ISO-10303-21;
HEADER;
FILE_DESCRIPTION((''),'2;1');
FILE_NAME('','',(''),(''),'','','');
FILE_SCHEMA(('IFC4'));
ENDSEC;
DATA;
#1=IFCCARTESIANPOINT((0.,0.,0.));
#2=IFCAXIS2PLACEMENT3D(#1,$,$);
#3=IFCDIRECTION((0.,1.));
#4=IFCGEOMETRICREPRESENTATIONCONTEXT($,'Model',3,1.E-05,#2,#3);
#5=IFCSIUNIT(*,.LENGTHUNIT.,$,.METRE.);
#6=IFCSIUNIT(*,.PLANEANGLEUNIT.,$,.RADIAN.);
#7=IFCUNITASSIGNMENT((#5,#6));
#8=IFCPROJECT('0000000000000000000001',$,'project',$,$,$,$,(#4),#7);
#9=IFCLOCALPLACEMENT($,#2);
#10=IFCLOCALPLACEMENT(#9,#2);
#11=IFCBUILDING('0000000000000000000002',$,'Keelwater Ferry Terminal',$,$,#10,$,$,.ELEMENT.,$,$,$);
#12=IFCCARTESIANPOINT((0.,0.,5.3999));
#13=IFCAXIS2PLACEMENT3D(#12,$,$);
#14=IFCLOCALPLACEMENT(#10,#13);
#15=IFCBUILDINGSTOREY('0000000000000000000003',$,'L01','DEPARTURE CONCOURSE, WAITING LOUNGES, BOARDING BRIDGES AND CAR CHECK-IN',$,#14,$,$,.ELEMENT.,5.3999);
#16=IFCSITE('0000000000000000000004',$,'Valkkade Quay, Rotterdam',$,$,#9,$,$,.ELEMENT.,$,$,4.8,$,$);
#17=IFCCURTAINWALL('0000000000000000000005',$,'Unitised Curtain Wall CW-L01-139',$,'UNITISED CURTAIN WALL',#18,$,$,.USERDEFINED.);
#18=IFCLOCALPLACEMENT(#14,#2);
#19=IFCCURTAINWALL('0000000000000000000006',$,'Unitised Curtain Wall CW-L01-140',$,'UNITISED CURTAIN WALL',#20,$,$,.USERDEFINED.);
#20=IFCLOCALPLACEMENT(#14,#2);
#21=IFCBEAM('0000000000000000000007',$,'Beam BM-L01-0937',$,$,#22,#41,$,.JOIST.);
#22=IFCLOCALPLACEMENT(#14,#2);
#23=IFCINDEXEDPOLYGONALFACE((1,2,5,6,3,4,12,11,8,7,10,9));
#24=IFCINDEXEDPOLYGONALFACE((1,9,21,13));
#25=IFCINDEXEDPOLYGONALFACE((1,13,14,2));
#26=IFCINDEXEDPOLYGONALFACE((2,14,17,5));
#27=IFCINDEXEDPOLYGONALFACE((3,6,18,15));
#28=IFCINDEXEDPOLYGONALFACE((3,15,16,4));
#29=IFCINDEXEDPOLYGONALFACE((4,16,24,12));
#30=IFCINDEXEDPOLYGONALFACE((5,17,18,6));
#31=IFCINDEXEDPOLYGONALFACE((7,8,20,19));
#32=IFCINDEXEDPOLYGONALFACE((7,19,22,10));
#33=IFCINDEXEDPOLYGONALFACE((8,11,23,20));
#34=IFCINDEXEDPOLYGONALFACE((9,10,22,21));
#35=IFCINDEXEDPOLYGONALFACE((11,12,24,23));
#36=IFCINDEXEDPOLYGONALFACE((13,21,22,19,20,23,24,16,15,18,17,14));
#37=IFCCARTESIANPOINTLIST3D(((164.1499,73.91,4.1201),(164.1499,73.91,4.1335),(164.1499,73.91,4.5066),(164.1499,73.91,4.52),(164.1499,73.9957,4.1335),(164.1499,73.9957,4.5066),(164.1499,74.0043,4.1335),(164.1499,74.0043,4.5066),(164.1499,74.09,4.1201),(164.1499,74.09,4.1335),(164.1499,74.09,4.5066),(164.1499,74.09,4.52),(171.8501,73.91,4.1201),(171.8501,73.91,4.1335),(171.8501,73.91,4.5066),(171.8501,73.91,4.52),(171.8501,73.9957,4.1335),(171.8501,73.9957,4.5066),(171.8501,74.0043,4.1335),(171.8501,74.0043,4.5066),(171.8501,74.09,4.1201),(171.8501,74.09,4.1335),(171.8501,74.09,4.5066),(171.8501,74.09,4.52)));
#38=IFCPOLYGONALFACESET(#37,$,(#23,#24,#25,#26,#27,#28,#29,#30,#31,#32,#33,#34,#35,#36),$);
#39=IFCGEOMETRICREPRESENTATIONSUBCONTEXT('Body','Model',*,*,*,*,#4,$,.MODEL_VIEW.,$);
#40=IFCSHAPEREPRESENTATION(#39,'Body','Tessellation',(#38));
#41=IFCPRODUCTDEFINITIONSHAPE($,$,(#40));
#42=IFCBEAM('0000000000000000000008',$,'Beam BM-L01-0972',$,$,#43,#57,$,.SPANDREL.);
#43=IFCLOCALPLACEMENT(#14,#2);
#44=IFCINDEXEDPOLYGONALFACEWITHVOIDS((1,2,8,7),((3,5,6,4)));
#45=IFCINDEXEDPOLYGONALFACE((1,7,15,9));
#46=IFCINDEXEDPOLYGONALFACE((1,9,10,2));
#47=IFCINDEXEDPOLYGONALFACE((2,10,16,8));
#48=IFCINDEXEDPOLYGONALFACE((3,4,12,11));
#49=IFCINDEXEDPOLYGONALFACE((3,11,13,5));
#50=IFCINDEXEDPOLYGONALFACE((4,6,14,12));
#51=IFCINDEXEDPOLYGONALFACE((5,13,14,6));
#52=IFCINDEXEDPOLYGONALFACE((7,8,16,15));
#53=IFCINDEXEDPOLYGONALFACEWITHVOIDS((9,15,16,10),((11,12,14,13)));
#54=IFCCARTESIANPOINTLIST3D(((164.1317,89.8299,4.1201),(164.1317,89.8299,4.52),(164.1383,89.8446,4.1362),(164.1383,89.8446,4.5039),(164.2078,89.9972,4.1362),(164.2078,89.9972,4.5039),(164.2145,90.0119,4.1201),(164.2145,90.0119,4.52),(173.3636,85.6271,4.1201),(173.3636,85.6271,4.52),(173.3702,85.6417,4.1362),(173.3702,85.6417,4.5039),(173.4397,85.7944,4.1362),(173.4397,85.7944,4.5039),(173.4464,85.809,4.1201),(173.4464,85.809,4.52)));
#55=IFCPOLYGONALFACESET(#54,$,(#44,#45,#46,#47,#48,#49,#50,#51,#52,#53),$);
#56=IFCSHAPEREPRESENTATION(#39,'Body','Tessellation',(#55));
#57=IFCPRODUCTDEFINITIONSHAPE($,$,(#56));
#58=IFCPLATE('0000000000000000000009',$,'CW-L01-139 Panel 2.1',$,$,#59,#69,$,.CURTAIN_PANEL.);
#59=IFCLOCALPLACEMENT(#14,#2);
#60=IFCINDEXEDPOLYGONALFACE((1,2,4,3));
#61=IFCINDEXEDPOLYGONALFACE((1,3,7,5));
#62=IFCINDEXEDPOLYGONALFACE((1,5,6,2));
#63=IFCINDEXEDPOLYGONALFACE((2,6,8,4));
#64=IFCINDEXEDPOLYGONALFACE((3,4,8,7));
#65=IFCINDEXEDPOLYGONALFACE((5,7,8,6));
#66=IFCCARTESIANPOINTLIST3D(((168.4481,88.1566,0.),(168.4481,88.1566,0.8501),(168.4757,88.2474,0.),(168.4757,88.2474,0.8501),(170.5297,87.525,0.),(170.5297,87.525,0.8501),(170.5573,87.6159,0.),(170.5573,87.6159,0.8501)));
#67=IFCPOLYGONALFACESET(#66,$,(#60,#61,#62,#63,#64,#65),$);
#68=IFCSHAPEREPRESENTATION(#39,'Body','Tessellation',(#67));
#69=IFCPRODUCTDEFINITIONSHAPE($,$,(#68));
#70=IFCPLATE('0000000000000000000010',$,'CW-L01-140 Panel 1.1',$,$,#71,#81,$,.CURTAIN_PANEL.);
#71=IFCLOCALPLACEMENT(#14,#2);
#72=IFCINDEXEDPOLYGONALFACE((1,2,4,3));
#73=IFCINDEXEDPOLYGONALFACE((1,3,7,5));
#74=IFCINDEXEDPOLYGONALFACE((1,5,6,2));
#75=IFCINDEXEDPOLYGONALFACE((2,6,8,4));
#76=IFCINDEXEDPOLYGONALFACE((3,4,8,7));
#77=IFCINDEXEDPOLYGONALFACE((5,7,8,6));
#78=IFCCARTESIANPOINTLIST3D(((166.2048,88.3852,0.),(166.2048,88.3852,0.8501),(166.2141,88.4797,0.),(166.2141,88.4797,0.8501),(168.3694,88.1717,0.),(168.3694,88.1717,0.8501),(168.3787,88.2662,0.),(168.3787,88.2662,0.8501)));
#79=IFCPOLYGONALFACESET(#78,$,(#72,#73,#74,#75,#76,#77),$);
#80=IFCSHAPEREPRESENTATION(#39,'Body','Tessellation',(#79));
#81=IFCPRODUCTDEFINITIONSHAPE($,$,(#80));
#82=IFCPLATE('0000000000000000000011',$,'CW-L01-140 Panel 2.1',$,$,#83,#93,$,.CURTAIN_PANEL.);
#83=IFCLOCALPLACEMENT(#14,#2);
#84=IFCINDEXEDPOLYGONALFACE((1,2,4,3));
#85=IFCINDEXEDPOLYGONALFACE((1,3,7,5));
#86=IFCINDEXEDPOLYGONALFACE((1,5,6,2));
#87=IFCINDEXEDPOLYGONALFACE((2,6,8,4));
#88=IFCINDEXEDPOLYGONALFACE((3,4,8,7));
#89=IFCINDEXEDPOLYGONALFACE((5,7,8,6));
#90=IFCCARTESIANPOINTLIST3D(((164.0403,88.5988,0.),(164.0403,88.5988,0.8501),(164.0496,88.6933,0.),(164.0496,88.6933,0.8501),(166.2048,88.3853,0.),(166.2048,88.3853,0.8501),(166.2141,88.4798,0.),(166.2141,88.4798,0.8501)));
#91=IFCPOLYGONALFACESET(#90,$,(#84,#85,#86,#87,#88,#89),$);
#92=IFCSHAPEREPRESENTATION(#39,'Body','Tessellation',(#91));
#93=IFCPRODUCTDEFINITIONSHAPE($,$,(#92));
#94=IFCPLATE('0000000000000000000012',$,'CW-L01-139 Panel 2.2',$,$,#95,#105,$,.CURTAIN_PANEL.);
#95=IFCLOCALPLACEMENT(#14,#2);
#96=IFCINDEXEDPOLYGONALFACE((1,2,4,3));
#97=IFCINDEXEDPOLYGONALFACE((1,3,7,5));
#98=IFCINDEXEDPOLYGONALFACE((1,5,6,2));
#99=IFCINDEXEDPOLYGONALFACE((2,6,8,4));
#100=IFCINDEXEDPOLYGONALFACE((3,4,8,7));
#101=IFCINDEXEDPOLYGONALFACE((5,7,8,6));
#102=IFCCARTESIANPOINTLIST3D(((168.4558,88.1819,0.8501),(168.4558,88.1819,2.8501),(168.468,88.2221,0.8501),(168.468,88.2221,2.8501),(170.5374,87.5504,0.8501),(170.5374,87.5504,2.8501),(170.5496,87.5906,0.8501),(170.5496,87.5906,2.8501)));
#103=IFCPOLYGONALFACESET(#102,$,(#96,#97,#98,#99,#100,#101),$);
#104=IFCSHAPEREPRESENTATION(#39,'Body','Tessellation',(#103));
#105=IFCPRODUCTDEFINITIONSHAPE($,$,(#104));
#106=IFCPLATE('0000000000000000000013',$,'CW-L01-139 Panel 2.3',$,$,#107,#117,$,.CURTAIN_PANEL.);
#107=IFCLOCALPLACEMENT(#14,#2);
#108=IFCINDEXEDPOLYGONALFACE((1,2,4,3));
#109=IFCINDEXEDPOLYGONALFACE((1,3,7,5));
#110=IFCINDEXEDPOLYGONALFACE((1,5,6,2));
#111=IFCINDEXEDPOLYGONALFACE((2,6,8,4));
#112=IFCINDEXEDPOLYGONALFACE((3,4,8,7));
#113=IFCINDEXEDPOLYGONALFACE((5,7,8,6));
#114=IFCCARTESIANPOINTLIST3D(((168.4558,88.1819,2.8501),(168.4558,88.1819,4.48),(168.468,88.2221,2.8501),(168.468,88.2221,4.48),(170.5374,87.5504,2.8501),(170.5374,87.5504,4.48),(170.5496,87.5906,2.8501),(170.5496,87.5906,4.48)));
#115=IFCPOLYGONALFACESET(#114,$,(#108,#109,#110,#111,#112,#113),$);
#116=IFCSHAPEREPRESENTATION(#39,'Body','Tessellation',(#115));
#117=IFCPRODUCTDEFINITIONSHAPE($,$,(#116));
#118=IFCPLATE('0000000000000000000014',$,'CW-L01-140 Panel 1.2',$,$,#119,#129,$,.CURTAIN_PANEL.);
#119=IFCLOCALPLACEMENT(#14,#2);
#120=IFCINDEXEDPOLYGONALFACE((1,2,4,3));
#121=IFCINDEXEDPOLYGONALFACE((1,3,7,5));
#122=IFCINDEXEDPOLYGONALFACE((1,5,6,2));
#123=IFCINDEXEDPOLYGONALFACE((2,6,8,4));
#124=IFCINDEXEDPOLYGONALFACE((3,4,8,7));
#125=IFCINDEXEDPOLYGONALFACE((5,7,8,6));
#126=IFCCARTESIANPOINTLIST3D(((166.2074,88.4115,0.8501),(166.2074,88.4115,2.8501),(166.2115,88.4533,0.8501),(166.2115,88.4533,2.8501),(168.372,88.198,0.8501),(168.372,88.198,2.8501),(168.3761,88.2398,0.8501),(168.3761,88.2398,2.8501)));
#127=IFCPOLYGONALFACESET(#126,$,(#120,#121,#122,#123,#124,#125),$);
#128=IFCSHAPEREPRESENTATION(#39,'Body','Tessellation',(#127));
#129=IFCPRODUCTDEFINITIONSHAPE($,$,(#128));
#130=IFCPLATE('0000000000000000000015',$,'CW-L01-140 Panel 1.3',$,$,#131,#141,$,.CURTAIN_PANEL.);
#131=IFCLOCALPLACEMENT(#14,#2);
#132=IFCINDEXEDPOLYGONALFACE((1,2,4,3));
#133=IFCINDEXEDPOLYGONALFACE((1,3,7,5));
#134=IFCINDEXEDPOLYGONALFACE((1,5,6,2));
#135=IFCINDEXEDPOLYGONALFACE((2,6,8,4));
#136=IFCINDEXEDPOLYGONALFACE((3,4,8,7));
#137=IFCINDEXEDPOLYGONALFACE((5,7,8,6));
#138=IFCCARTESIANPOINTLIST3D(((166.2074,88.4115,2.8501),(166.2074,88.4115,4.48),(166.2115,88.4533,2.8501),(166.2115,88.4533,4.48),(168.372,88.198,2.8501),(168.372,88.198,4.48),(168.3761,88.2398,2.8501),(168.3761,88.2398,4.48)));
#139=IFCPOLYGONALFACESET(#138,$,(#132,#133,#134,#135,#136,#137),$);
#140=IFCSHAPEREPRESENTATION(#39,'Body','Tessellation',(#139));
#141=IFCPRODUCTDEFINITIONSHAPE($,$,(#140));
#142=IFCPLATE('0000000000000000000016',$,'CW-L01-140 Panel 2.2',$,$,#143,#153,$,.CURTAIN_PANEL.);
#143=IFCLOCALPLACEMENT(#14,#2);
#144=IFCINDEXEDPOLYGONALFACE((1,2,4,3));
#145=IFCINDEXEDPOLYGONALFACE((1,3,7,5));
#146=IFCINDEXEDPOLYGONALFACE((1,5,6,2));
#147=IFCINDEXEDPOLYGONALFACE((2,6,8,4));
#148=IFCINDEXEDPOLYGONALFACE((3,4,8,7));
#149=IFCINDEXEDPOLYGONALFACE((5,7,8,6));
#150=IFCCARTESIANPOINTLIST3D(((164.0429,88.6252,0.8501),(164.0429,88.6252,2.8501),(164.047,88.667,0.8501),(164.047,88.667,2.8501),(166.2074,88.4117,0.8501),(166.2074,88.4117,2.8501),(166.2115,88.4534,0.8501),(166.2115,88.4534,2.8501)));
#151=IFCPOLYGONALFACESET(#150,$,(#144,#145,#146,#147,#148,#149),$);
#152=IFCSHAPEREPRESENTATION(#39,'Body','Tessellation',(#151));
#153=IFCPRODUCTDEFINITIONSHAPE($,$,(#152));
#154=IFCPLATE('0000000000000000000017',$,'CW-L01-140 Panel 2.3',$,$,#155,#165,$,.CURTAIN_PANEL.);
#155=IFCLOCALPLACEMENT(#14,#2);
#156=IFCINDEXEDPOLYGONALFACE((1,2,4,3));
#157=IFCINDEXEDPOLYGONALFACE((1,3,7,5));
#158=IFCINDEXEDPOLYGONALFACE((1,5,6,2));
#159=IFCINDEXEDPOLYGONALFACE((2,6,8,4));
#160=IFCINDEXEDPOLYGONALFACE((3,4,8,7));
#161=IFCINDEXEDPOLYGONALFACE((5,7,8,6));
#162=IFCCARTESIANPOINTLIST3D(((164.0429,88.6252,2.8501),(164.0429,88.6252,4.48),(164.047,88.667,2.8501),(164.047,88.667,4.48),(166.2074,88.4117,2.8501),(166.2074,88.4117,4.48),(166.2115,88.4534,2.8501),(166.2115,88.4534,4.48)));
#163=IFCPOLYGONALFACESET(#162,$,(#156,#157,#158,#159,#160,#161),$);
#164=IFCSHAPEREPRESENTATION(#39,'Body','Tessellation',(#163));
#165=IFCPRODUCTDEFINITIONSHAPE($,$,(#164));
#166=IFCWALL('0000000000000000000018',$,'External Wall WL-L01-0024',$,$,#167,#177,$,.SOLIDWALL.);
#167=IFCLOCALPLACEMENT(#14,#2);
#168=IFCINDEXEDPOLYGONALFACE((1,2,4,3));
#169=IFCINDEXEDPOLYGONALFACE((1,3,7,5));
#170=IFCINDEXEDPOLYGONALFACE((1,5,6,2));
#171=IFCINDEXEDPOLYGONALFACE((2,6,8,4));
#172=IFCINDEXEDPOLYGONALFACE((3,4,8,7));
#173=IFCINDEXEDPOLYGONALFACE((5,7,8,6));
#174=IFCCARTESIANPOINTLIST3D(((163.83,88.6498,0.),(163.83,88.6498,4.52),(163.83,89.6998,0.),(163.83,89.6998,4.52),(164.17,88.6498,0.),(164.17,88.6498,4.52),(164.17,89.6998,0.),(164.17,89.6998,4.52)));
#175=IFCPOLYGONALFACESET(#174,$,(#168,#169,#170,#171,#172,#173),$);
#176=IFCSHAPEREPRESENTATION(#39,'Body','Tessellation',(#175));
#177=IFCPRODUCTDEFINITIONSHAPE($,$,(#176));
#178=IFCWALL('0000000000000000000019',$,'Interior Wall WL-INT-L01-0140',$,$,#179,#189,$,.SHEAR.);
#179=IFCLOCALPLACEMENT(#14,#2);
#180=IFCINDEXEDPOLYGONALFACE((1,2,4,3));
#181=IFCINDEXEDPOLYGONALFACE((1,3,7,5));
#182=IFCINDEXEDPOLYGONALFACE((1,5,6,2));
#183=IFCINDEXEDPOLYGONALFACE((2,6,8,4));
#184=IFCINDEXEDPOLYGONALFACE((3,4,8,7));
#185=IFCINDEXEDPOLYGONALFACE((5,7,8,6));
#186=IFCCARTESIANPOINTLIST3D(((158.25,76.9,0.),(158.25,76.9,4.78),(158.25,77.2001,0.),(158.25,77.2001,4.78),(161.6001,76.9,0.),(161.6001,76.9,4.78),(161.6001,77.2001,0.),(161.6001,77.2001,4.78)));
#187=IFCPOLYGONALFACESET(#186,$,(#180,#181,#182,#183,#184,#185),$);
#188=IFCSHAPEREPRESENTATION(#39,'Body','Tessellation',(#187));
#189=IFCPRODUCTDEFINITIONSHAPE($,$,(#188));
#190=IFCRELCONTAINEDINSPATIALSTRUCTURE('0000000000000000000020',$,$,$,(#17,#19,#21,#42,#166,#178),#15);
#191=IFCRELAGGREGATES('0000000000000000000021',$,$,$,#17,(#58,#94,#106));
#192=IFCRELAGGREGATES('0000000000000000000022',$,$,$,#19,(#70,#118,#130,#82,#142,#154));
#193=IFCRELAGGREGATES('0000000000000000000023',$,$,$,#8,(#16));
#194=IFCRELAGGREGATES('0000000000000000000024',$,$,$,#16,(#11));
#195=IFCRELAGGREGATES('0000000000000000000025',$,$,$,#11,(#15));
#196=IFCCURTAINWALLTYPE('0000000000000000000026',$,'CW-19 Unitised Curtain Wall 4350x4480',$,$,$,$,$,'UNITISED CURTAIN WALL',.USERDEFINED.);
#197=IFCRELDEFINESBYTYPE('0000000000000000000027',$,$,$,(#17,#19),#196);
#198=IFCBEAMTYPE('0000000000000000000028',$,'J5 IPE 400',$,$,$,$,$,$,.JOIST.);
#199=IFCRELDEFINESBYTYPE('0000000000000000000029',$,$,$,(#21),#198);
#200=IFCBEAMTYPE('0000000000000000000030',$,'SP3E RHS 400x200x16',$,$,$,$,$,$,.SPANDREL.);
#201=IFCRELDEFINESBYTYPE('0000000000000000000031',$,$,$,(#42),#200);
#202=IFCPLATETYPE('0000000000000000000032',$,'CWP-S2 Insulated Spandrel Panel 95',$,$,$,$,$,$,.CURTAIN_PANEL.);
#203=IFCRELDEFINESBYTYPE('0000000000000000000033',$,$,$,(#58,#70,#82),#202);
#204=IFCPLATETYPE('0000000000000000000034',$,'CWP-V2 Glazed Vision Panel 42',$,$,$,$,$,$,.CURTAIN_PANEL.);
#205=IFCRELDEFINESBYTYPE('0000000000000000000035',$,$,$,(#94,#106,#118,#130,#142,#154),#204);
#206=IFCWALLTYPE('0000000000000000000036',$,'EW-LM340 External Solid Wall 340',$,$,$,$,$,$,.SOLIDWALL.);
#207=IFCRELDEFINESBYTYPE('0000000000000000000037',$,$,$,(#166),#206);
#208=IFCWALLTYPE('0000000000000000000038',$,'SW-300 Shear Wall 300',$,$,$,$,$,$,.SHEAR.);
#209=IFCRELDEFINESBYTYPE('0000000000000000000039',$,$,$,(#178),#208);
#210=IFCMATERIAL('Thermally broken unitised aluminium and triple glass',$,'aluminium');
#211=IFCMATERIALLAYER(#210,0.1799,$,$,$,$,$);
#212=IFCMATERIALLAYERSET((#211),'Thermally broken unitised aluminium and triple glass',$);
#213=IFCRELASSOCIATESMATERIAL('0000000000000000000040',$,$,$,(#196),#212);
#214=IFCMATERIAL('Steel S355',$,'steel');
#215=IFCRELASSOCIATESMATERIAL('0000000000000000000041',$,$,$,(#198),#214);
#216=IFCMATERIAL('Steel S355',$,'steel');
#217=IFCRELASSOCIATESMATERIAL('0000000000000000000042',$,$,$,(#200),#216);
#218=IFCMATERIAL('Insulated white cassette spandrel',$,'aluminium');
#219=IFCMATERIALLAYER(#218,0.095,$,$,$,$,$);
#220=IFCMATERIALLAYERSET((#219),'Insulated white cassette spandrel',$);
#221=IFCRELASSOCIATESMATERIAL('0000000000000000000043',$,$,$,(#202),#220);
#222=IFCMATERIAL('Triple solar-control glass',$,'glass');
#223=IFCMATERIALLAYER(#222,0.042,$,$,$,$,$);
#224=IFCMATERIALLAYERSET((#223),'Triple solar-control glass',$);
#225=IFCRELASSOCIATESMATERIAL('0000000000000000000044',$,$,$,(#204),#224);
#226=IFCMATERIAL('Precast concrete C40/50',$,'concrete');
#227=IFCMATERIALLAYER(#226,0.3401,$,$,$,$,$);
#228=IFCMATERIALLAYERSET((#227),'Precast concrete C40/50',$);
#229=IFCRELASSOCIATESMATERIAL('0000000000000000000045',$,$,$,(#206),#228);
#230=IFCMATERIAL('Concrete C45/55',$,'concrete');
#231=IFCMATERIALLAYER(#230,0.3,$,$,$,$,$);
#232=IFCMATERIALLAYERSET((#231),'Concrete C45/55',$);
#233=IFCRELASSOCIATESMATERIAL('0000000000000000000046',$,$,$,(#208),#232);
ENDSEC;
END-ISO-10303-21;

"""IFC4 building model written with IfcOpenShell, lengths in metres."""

from ifc_helpers import new_model, si_unit, direction, frame, frame_2d, origin, origin_2d, place, context, subcontext, project, spatial, rectangle, hollow_rectangle, i_section, extrude, material, layer, layer_set, material_profile, profile_set, type_object, element, aggregate, save


model = new_model("IFC4")

# Units and contexts
model_context = context("Model", 3, precision=1e-05, world=origin(), true_north=direction((0.0, 1.0)))
body_context = subcontext(model_context, "Body", "Model", "MODEL_VIEW")
ifc_project = project(units=[si_unit("LENGTHUNIT", "METRE"), si_unit("PLANEANGLEUNIT", "RADIAN")], contexts=[model_context])

# Site, building, storey
site_placement = place(None, origin())
site = spatial("IfcSite", under=ifc_project, at=site_placement, Name="Valkkade Quay, Rotterdam", CompositionType="ELEMENT", RefElevation=4.8)
building_placement = place(site_placement, origin())
building = spatial("IfcBuilding", under=site, at=building_placement, Name="Keelwater Ferry Terminal", CompositionType="ELEMENT")
storey_placement = place(building_placement, frame((0.0, 0.0, 5.3999)))
storey = spatial("IfcBuildingStorey", under=building, at=storey_placement, Name="L01", Description="DEPARTURE CONCOURSE, WAITING LOUNGES, BOARDING BRIDGES AND CAR CHECK-IN", CompositionType="ELEMENT", Elevation=5.3999)

# Curtain wall
ifc_material_1 = material(Name="Thermally broken unitised aluminium and triple glass", Category="aluminium")
ifc_layer_1 = layer(ifc_material_1, 0.1799)
ifc_layer_set_1 = layer_set([ifc_layer_1], Name="Thermally broken unitised aluminium and triple glass")
curtain_wall_type = type_object("IfcCurtainWallType", Name="CW-19 Unitised Curtain Wall 4350x4480", ElementType="UNITISED CURTAIN WALL", PredefinedType="USERDEFINED", material=ifc_layer_set_1)
curtain_wall_1_placement = place(storey_placement, origin())
curtain_wall_1 = element("IfcCurtainWall", 1, at=curtain_wall_1_placement, inside=storey, type_object=curtain_wall_type, Name="Unitised Curtain Wall CW-L01-139", ObjectType="UNITISED CURTAIN WALL", PredefinedType="USERDEFINED")

# Curtain wall
curtain_wall_2_placement = place(storey_placement, origin())
curtain_wall_2 = element("IfcCurtainWall", 2, at=curtain_wall_2_placement, inside=storey, type_object=curtain_wall_type, Name="Unitised Curtain Wall CW-L01-140", ObjectType="UNITISED CURTAIN WALL", PredefinedType="USERDEFINED")

# Beams
ifc_material_2 = material(Name="Steel S355", Category="steel")
ifc_material_profile_1 = material_profile(ifc_material_2, i_section(OverallWidth=0.1799, OverallDepth=0.3999, WebThickness=0.0085, FlangeThickness=0.0134, at=origin_2d()), Name="IPE 400")
ifc_profile_set_1 = profile_set([ifc_material_profile_1], Name="Steel S355")
beam_type_1 = type_object("IfcBeamType", Name="J5 IPE 400", PredefinedType="JOIST", material=ifc_profile_set_1)
beam_1_placement = place(storey_placement, frame((164.1499, 74.0, 4.3201), z_axis=(1.0, 0.0, 0.0), x_axis=(0.0, 1.0, 0.0)))
element("IfcBeam", 3, at=beam_1_placement, inside=storey, type_object=beam_type_1, Name="Beam BM-L01-0937", PredefinedType="JOIST", context=body_context, shape_type="SweptSolid", body=[
    extrude(i_section(OverallWidth=0.1799, OverallDepth=0.3999, WebThickness=0.0085, FlangeThickness=0.0134, at=origin_2d()), origin(), (0.0, 0.0, 1.0), 7.7002),
])
ifc_material_3 = material(Name="Steel S355", Category="steel")
ifc_material_profile_2 = material_profile(ifc_material_3, hollow_rectangle(XDim=0.2, YDim=0.3999, WallThickness=0.0161, at=origin_2d()), Name="RHS 400x200x16")
ifc_profile_set_2 = profile_set([ifc_material_profile_2], Name="Steel S355")
beam_type_2 = type_object("IfcBeamType", Name="SP3E RHS 400x200x16", PredefinedType="SPANDREL", material=ifc_profile_set_2)
beam_2_placement = place(storey_placement, frame((164.1731, 89.9209, 4.3201), z_axis=(0.910123, -0.414338, 0.0), x_axis=(0.414338, 0.910123, 0.0)))
element("IfcBeam", 4, at=beam_2_placement, inside=storey, type_object=beam_type_2, Name="Beam BM-L01-0972", PredefinedType="SPANDREL", context=body_context, shape_type="SweptSolid", body=[
    extrude(hollow_rectangle(XDim=0.2, YDim=0.3999, WallThickness=0.0161, at=origin_2d()), origin(), (0.0, 0.0, 1.0), 10.1436),
])

# Plates
ifc_material_4 = material(Name="Insulated white cassette spandrel", Category="aluminium")
ifc_layer_2 = layer(ifc_material_4, 0.095)
ifc_layer_set_2 = layer_set([ifc_layer_2], Name="Insulated white cassette spandrel")
plate_type_1 = type_object("IfcPlateType", Name="CWP-S2 Insulated Spandrel Panel 95", PredefinedType="CURTAIN_PANEL", material=ifc_layer_set_2)
plate_1_placement = place(storey_placement, frame((169.5027, 87.8862, 0.0), z_axis=(0.0, 0.0, 1.0), x_axis=(-0.95693, 0.29032, 0.0)))
plate_1 = element("IfcPlate", 5, at=plate_1_placement, type_object=plate_type_1, Name="CW-L01-139 Panel 2.1", PredefinedType="CURTAIN_PANEL", context=body_context, shape_type="SweptSolid", body=[
    extrude(rectangle(XDim=2.1753, YDim=0.095, at=origin_2d()), origin(), (0.0, 0.0, 1.0), 0.8501),
])
plate_2_placement = place(storey_placement, frame((167.2917, 88.3257, 0.0), z_axis=(0.0, 0.0, 1.0), x_axis=(-0.995171, 0.098161, 0.0)))
plate_2 = element("IfcPlate", 6, at=plate_2_placement, type_object=plate_type_1, Name="CW-L01-140 Panel 1.1", PredefinedType="CURTAIN_PANEL", context=body_context, shape_type="SweptSolid", body=[
    extrude(rectangle(XDim=2.175, YDim=0.095, at=origin_2d()), origin(), (0.0, 0.0, 1.0), 0.8501),
])
plate_3_placement = place(storey_placement, frame((165.1272, 88.5393, 0.0), z_axis=(0.0, 0.0, 1.0), x_axis=(-0.995171, 0.098161, 0.0)))
plate_3 = element("IfcPlate", 7, at=plate_3_placement, type_object=plate_type_1, Name="CW-L01-140 Panel 2.1", PredefinedType="CURTAIN_PANEL", context=body_context, shape_type="SweptSolid", body=[
    extrude(rectangle(XDim=2.175, YDim=0.095, at=origin_2d()), origin(), (0.0, 0.0, 1.0), 0.8501),
])
ifc_material_5 = material(Name="Triple solar-control glass", Category="glass")
ifc_layer_3 = layer(ifc_material_5, 0.042)
ifc_layer_set_3 = layer_set([ifc_layer_3], Name="Triple solar-control glass")
plate_type_2 = type_object("IfcPlateType", Name="CWP-V2 Glazed Vision Panel 42", PredefinedType="CURTAIN_PANEL", material=ifc_layer_set_3)
plate_4_placement = place(storey_placement, frame((169.5027, 87.8862, 0.8501), z_axis=(0.0, 0.0, 1.0), x_axis=(-0.95693, 0.29032, 0.0)))
plate_4 = element("IfcPlate", 8, at=plate_4_placement, type_object=plate_type_2, Name="CW-L01-139 Panel 2.2", PredefinedType="CURTAIN_PANEL", context=body_context, shape_type="SweptSolid", body=[
    extrude(rectangle(XDim=2.1753, YDim=0.042, at=origin_2d()), origin(), (0.0, 0.0, 1.0), 2.0),
])
plate_5_placement = place(storey_placement, frame((169.5027, 87.8862, 2.8501), z_axis=(0.0, 0.0, 1.0), x_axis=(-0.95693, 0.29032, 0.0)))
plate_5 = element("IfcPlate", 9, at=plate_5_placement, type_object=plate_type_2, Name="CW-L01-139 Panel 2.3", PredefinedType="CURTAIN_PANEL", context=body_context, shape_type="SweptSolid", body=[
    extrude(rectangle(XDim=2.1753, YDim=0.042, at=origin_2d()), origin(), (0.0, 0.0, 1.0), 1.6299),
])
aggregate(curtain_wall_1, [plate_1, plate_4, plate_5])
plate_6_placement = place(storey_placement, frame((167.2917, 88.3257, 0.8501), z_axis=(0.0, 0.0, 1.0), x_axis=(-0.995171, 0.098161, 0.0)))
plate_6 = element("IfcPlate", 10, at=plate_6_placement, type_object=plate_type_2, Name="CW-L01-140 Panel 1.2", PredefinedType="CURTAIN_PANEL", context=body_context, shape_type="SweptSolid", body=[
    extrude(rectangle(XDim=2.175, YDim=0.042, at=origin_2d()), origin(), (0.0, 0.0, 1.0), 2.0),
])
plate_7_placement = place(storey_placement, frame((167.2917, 88.3257, 2.8501), z_axis=(0.0, 0.0, 1.0), x_axis=(-0.995171, 0.098161, 0.0)))
plate_7 = element("IfcPlate", 11, at=plate_7_placement, type_object=plate_type_2, Name="CW-L01-140 Panel 1.3", PredefinedType="CURTAIN_PANEL", context=body_context, shape_type="SweptSolid", body=[
    extrude(rectangle(XDim=2.175, YDim=0.042, at=origin_2d()), origin(), (0.0, 0.0, 1.0), 1.6299),
])
plate_8_placement = place(storey_placement, frame((165.1272, 88.5393, 0.8501), z_axis=(0.0, 0.0, 1.0), x_axis=(-0.995171, 0.098161, 0.0)))
plate_8 = element("IfcPlate", 12, at=plate_8_placement, type_object=plate_type_2, Name="CW-L01-140 Panel 2.2", PredefinedType="CURTAIN_PANEL", context=body_context, shape_type="SweptSolid", body=[
    extrude(rectangle(XDim=2.175, YDim=0.042, at=origin_2d()), origin(), (0.0, 0.0, 1.0), 2.0),
])
plate_9_placement = place(storey_placement, frame((165.1272, 88.5393, 2.8501), z_axis=(0.0, 0.0, 1.0), x_axis=(-0.995171, 0.098161, 0.0)))
plate_9 = element("IfcPlate", 13, at=plate_9_placement, type_object=plate_type_2, Name="CW-L01-140 Panel 2.3", PredefinedType="CURTAIN_PANEL", context=body_context, shape_type="SweptSolid", body=[
    extrude(rectangle(XDim=2.175, YDim=0.042, at=origin_2d()), origin(), (0.0, 0.0, 1.0), 1.6299),
])
aggregate(curtain_wall_2, [plate_2, plate_6, plate_7, plate_3, plate_8, plate_9])

# Walls
ifc_material_6 = material(Name="Precast concrete C40/50", Category="concrete")
ifc_layer_4 = layer(ifc_material_6, 0.3401)
ifc_layer_set_4 = layer_set([ifc_layer_4], Name="Precast concrete C40/50")
wall_type_1 = type_object("IfcWallType", Name="EW-LM340 External Solid Wall 340", PredefinedType="SOLIDWALL", material=ifc_layer_set_4)
wall_1_placement = place(storey_placement, frame((164.0, 88.6499, 0.0), z_axis=(0.0, 0.0, 1.0), x_axis=(0.0, 1.0, 0.0)))
element("IfcWall", 14, at=wall_1_placement, inside=storey, type_object=wall_type_1, Name="External Wall WL-L01-0024", PredefinedType="SOLIDWALL", context=body_context, shape_type="SweptSolid", body=[
    extrude(rectangle(XDim=1.05, YDim=0.3401, at=frame_2d((0.5249, 0.0))), origin(), (0.0, 0.0, 1.0), 4.52),
])
ifc_material_7 = material(Name="Concrete C45/55", Category="concrete")
ifc_layer_5 = layer(ifc_material_7, 0.3)
ifc_layer_set_5 = layer_set([ifc_layer_5], Name="Concrete C45/55")
wall_type_2 = type_object("IfcWallType", Name="SW-300 Shear Wall 300", PredefinedType="SHEAR", material=ifc_layer_set_5)
wall_2_placement = place(storey_placement, frame((158.25, 77.05, 0.0), z_axis=(0.0, 0.0, 1.0), x_axis=(1.0, 0.0, 0.0)))
element("IfcWall", 15, at=wall_2_placement, inside=storey, type_object=wall_type_2, Name="Interior Wall WL-INT-L01-0140", PredefinedType="SHEAR", context=body_context, shape_type="SweptSolid", body=[
    extrude(rectangle(XDim=3.3501, YDim=0.3, at=frame_2d((1.675, 0.0))), origin(), (0.0, 0.0, 1.0), 4.78),
])

save(model, "model.ifc")
